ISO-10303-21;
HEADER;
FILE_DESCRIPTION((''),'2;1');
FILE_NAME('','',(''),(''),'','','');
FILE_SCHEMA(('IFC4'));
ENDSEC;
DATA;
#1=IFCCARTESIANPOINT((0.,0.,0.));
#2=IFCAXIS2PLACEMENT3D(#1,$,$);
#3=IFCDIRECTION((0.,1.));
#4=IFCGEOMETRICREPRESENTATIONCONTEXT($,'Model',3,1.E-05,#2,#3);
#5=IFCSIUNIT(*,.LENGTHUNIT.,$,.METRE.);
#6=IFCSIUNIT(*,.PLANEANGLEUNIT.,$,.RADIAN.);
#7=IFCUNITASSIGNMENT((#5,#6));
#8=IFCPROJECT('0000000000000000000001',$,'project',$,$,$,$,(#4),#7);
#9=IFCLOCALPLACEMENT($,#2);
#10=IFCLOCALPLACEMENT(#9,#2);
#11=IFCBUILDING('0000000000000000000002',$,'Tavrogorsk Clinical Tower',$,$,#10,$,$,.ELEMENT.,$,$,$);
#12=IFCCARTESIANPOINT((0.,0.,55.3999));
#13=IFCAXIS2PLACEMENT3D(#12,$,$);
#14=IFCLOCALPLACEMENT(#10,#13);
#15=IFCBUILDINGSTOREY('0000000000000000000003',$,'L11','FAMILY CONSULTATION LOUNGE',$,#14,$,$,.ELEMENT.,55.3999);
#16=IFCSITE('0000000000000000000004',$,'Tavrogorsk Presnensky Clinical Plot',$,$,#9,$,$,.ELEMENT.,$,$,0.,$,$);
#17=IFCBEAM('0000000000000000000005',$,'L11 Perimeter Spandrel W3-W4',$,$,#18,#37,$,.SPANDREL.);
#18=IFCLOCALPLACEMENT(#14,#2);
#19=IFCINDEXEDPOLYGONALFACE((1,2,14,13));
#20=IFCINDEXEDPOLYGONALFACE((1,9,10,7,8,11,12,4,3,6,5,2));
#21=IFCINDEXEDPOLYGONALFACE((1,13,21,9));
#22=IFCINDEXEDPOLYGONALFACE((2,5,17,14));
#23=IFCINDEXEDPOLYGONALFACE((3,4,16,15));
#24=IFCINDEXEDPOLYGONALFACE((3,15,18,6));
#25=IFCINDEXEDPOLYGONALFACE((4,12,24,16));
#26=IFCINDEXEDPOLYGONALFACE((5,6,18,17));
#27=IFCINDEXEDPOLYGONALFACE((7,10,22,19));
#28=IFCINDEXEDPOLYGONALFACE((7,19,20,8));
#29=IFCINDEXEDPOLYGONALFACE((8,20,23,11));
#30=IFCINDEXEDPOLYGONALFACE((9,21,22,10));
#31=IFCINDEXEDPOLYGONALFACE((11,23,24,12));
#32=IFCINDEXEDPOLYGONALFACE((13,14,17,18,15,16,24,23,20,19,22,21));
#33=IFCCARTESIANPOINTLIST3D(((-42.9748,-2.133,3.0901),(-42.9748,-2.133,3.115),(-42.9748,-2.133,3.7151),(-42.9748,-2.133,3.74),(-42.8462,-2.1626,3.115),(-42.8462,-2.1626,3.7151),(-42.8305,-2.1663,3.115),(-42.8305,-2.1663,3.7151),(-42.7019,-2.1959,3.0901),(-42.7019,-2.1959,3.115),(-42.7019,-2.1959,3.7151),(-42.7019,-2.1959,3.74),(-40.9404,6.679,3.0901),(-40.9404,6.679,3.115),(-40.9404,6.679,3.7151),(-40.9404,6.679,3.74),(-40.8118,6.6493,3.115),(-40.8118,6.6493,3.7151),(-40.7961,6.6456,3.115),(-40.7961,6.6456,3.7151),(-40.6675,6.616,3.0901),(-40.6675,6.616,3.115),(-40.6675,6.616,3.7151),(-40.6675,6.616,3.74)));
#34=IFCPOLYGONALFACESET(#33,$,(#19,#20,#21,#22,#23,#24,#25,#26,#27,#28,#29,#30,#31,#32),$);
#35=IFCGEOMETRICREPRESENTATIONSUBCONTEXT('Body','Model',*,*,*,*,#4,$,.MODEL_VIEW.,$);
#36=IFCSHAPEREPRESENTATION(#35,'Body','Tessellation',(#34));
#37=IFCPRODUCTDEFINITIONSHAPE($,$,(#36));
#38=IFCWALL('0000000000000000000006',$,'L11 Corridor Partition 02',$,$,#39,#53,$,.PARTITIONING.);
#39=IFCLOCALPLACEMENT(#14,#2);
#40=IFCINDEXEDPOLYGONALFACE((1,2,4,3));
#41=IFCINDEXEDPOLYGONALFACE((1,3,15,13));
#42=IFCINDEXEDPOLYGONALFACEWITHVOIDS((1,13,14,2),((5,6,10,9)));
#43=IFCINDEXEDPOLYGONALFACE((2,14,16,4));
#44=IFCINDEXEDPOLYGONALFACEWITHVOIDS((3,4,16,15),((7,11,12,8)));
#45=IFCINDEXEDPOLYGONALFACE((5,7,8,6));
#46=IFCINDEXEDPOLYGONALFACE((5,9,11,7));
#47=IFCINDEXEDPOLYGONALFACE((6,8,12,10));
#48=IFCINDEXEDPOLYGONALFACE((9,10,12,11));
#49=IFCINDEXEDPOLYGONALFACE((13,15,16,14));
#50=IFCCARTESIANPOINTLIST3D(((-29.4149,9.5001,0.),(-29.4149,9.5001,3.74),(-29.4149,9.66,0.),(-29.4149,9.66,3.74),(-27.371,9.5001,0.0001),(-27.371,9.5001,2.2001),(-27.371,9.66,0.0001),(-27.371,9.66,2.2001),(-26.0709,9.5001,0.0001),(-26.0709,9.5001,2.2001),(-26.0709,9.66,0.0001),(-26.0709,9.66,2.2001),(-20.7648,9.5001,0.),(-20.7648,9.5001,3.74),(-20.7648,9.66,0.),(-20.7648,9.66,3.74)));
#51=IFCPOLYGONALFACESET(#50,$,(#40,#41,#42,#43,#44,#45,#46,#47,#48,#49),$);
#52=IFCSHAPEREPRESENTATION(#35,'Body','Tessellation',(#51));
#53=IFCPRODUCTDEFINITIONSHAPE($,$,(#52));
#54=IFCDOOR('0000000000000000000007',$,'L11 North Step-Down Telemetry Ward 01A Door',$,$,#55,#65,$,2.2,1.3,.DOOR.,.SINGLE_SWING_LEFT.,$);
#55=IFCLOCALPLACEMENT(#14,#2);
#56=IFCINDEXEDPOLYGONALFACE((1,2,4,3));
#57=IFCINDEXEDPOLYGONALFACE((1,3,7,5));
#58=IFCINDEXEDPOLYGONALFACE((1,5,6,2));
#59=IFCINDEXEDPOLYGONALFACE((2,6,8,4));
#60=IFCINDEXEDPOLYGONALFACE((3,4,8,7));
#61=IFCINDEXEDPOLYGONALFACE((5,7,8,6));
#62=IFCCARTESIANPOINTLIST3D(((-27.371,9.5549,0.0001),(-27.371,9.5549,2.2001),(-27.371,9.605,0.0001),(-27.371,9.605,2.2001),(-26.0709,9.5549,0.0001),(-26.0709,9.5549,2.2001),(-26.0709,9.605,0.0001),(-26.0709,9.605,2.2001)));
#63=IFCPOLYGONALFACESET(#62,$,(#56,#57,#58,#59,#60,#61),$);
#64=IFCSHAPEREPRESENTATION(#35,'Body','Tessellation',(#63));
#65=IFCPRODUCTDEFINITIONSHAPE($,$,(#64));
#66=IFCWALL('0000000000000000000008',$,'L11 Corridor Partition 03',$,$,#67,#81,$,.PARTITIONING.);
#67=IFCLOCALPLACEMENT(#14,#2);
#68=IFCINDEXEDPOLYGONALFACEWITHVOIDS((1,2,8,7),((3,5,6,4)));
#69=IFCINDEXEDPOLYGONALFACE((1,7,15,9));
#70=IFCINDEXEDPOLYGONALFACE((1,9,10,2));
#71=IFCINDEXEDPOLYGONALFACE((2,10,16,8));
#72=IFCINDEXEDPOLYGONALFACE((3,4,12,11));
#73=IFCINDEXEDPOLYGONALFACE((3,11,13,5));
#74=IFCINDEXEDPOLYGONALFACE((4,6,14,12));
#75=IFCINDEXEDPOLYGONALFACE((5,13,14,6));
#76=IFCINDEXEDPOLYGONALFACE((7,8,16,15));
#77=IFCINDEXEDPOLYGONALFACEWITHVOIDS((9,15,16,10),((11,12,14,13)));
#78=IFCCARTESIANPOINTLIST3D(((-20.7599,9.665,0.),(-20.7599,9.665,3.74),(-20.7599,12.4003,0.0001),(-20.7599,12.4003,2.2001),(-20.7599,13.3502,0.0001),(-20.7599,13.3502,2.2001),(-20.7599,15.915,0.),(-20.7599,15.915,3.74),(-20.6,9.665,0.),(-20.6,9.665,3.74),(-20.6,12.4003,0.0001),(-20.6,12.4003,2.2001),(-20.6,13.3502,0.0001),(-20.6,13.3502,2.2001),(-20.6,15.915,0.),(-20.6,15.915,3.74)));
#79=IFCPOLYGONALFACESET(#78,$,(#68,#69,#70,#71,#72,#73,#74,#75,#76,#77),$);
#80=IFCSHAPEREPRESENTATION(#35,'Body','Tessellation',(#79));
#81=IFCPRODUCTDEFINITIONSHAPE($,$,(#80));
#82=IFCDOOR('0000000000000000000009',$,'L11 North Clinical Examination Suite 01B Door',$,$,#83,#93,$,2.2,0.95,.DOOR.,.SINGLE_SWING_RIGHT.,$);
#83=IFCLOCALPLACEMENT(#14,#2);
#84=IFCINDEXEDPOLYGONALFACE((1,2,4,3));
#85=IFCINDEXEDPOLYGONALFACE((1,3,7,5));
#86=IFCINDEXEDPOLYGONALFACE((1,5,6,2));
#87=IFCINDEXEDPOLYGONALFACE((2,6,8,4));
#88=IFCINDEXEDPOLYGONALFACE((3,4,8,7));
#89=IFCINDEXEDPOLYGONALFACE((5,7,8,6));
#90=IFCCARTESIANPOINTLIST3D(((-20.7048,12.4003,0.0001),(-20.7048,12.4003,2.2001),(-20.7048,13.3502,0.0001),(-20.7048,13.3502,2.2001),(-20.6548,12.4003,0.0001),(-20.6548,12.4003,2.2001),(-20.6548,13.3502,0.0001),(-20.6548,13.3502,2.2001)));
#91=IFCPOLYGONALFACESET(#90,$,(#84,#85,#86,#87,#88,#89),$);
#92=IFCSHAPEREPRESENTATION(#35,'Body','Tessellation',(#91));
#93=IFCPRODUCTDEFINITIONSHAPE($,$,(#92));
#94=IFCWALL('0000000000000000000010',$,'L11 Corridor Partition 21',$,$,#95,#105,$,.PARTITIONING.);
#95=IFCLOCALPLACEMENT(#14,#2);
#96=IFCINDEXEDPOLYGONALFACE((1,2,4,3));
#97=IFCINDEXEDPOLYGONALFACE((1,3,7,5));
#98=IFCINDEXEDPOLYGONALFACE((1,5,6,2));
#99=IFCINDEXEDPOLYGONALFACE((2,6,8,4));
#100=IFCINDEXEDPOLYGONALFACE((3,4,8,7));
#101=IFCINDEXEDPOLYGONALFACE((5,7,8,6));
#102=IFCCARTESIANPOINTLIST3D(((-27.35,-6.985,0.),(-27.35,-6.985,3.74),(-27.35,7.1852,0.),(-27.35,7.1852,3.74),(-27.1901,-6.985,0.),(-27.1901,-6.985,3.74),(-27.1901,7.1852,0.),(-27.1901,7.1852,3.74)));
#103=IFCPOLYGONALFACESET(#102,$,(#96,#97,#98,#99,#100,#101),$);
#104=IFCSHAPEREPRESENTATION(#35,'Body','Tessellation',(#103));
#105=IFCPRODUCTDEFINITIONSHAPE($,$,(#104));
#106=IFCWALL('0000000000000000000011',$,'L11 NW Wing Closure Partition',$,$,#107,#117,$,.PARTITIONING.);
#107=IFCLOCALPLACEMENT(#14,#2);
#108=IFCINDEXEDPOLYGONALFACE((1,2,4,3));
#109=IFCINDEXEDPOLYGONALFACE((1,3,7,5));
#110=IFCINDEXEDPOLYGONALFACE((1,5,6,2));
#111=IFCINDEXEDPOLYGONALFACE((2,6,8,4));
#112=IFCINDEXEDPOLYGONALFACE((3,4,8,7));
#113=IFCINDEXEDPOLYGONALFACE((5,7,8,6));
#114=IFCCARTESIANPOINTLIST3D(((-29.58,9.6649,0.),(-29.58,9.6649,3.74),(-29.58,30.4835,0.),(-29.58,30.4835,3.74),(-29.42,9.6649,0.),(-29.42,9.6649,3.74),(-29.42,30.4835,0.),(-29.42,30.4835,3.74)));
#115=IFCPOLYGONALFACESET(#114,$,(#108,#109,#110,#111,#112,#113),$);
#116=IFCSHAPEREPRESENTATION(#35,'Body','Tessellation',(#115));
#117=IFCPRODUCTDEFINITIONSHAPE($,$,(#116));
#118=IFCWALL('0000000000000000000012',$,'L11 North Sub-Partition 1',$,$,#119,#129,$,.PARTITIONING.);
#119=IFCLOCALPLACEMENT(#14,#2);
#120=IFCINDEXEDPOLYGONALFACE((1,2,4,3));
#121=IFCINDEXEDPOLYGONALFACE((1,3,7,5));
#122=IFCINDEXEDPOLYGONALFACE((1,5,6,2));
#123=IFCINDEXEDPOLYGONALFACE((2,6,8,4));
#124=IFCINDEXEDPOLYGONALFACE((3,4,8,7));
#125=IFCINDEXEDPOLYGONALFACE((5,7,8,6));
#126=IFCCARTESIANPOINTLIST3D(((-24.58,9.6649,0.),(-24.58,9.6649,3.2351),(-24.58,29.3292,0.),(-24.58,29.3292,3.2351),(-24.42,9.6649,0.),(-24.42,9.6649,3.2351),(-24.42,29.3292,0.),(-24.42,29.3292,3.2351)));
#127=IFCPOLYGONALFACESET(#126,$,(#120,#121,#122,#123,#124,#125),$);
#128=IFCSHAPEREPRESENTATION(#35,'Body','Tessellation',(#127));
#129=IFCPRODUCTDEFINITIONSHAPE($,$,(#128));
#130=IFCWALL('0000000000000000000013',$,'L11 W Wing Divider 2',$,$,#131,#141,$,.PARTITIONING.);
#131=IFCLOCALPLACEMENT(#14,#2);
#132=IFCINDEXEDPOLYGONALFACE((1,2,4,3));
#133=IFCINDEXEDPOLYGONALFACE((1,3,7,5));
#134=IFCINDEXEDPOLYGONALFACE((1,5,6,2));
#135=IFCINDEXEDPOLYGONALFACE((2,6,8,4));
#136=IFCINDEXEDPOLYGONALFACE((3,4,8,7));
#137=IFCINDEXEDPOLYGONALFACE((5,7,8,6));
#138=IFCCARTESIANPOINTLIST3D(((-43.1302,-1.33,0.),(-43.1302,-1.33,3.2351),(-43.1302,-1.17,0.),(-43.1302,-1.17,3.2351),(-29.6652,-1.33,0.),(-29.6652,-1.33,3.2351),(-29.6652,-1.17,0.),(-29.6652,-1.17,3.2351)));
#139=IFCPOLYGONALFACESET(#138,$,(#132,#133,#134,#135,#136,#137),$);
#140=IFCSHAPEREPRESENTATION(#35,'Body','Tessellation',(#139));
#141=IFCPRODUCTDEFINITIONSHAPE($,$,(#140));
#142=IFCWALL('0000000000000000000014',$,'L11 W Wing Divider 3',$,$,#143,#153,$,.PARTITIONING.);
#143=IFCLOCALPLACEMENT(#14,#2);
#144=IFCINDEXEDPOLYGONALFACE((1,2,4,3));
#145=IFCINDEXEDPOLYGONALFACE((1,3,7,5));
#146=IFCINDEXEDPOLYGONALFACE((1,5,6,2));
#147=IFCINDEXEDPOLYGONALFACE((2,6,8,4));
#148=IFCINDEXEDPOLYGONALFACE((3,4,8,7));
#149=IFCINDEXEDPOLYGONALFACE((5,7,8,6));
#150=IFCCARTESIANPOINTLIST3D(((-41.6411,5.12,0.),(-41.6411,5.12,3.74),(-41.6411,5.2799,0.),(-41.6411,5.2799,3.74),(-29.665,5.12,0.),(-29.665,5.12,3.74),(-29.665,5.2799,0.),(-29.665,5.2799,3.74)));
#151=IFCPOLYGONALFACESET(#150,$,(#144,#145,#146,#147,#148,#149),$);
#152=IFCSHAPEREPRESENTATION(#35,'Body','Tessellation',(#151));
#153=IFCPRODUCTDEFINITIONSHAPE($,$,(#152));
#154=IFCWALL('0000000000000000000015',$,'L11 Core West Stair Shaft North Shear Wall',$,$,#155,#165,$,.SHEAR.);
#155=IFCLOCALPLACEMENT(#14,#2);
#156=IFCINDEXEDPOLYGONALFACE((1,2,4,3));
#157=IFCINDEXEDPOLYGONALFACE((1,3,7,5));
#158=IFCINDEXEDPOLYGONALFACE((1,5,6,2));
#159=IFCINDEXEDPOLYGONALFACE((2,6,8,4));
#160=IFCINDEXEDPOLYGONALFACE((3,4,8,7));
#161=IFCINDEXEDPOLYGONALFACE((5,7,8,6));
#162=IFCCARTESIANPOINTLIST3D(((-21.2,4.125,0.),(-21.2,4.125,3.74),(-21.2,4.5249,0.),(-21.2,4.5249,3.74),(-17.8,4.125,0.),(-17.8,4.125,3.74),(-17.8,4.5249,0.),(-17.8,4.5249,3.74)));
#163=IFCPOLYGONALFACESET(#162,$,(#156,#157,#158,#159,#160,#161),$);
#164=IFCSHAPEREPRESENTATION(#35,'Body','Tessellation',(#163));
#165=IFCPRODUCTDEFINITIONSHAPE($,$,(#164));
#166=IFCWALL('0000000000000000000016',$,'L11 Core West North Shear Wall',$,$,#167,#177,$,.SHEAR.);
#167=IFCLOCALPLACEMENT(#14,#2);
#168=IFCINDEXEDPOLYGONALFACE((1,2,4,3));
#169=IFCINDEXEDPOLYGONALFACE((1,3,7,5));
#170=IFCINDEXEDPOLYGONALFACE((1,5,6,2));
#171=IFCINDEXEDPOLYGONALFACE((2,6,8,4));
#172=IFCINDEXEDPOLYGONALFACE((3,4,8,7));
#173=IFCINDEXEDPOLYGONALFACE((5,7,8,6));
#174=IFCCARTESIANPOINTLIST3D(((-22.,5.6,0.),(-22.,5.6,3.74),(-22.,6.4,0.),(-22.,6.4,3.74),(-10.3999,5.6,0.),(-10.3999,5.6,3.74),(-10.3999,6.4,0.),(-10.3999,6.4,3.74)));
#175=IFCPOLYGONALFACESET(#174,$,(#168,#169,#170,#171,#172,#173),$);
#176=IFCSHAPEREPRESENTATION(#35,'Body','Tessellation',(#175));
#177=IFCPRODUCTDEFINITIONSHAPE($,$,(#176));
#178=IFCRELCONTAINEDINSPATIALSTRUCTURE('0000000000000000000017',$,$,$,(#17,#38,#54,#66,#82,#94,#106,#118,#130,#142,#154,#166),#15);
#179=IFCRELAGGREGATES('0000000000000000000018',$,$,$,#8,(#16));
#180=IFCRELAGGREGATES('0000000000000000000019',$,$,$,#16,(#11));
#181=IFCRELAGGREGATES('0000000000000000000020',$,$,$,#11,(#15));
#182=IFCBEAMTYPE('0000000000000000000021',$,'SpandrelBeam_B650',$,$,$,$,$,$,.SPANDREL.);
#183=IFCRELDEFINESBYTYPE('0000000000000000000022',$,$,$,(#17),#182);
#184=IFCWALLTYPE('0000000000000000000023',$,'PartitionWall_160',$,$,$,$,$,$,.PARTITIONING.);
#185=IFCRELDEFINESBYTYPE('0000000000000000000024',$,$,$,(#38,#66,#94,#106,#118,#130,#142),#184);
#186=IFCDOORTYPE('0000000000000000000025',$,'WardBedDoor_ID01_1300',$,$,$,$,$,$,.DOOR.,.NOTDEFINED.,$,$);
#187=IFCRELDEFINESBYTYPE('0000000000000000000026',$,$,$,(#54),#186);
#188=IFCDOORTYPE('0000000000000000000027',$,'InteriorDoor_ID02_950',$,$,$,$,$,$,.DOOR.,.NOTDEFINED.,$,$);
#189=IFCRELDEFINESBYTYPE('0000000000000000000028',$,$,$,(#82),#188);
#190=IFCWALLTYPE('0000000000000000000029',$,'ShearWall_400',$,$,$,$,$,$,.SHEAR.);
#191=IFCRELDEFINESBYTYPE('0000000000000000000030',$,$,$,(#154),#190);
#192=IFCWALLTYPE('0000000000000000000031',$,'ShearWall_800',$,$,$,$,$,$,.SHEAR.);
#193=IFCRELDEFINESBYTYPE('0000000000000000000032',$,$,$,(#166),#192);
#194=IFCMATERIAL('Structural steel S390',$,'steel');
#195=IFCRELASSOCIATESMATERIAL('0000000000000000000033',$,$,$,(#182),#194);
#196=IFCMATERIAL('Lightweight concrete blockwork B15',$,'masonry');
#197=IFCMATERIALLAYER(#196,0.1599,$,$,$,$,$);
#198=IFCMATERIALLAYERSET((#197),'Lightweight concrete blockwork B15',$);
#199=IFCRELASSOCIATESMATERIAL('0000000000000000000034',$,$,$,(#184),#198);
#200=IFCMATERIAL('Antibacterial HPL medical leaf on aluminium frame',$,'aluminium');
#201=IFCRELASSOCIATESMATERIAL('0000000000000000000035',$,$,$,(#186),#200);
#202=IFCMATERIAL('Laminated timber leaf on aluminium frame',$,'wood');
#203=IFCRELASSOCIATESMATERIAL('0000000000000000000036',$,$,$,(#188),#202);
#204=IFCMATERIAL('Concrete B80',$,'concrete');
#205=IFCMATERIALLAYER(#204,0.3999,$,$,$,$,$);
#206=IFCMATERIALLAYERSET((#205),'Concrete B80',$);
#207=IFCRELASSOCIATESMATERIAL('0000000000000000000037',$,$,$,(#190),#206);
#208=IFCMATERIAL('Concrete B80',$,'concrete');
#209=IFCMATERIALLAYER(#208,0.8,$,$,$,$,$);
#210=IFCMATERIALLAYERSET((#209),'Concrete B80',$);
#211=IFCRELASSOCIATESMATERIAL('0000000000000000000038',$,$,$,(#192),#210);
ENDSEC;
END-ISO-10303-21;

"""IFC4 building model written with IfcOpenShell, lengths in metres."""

from ifc_helpers import new_model, si_unit, direction, frame, frame_2d, origin, origin_2d, place, context, subcontext, project, spatial, rectangle, i_section, extrude, material, layer, layer_set, material_profile, profile_set, type_object, element, fill, save


model = new_model("IFC4")

# Units and contexts
model_context = context("Model", 3, precision=1e-05, world=origin(), true_north=direction((0.0, 1.0)))
body_context = subcontext(model_context, "Body", "Model", "MODEL_VIEW")
ifc_project = project(units=[si_unit("LENGTHUNIT", "METRE"), si_unit("PLANEANGLEUNIT", "RADIAN")], contexts=[model_context])

# Site, building, storey
site_placement = place(None, origin())
site = spatial("IfcSite", under=ifc_project, at=site_placement, Name="Tavrogorsk Presnensky Clinical Plot", CompositionType="ELEMENT", RefElevation=0.0)
building_placement = place(site_placement, origin())
building = spatial("IfcBuilding", under=site, at=building_placement, Name="Tavrogorsk Clinical Tower", CompositionType="ELEMENT")
storey_placement = place(building_placement, frame((0.0, 0.0, 55.3999)))
storey = spatial("IfcBuildingStorey", under=building, at=storey_placement, Name="L11", Description="FAMILY CONSULTATION LOUNGE", CompositionType="ELEMENT", Elevation=55.3999)

# Beam
ifc_material_1 = material(Name="Structural steel S390", Category="steel")
ifc_material_profile_1 = material_profile(ifc_material_1, i_section(OverallWidth=0.28, OverallDepth=0.6499, WebThickness=0.0161, FlangeThickness=0.0249, at=origin_2d()), Name="B-650x280x16x25")
ifc_profile_set_1 = profile_set([ifc_material_profile_1], Name="Structural steel S390")
beam_type_1 = type_object("IfcBeamType", Name="SpandrelBeam_B650", PredefinedType="SPANDREL", material=ifc_profile_set_1)
beam_1_placement = place(storey_placement, frame((-40.804, 6.6475, 3.415), z_axis=(-0.224952, -0.97437, 0.0), x_axis=(0.97437, -0.224952, 0.0)))
element("IfcBeam", 1, at=beam_1_placement, inside=storey, type_object=beam_type_1, Name="L11 Perimeter Spandrel W3-W4", PredefinedType="SPANDREL", context=body_context, shape_type="SweptSolid", body=[
    extrude(i_section(OverallWidth=0.28, OverallDepth=0.6499, WebThickness=0.0161, FlangeThickness=0.0249, at=origin_2d()), origin(), (0.0, 0.0, 1.0), 9.0437),
])

# Walls, openings, doors
ifc_material_2 = material(Name="Lightweight concrete blockwork B15", Category="masonry")
ifc_layer_1 = layer(ifc_material_2, 0.1599)
ifc_layer_set_1 = layer_set([ifc_layer_1], Name="Lightweight concrete blockwork B15")
wall_type_1 = type_object("IfcWallType", Name="PartitionWall_160", PredefinedType="PARTITIONING", material=ifc_layer_set_1)
wall_1_placement = place(storey_placement, frame((-29.415, 9.5801, 0.0), z_axis=(0.0, 0.0, 1.0), x_axis=(1.0, 0.0, 0.0)))
wall_1 = element("IfcWall", 2, at=wall_1_placement, inside=storey, type_object=wall_type_1, Name="L11 Corridor Partition 02", PredefinedType="PARTITIONING", context=body_context, shape_type="SweptSolid", body=[
    extrude(rectangle(XDim=8.6501, YDim=0.1599, at=frame_2d((4.3252, 0.0))), origin(), (0.0, 0.0, 1.0), 3.74),
])
opening_1_placement = place(wall_1_placement, frame((2.0442, 0.0, 0.0)))
opening_1 = element("IfcOpeningElement", 3, at=opening_1_placement, cuts=wall_1, PredefinedType="OPENING", context=body_context, shape_type="SweptSolid", body=[
    extrude(rectangle(XDim=1.3, YDim=2.2, at=frame_2d((0.6499, 1.1001))), frame((0.0, 0.0898, 0.0), z_axis=(0.0, -1.0, 0.0), x_axis=(1.0, 0.0, 0.0)), (0.0, 0.0, 1.0), 0.1799),
])
ifc_material_3 = material(Name="Antibacterial HPL medical leaf on aluminium frame", Category="aluminium")
door_type_1 = type_object("IfcDoorType", Name="WardBedDoor_ID01_1300", OperationType="NOTDEFINED", PredefinedType="DOOR", material=ifc_material_3)
door_1_placement = place(opening_1_placement, origin())
door_1 = element("IfcDoor", 4, at=door_1_placement, inside=storey, type_object=door_type_1, Name="L11 North Step-Down Telemetry Ward 01A Door", OperationType="SINGLE_SWING_LEFT", OverallHeight=2.2, OverallWidth=1.3, PredefinedType="DOOR", context=body_context, shape_type="SweptSolid", body=[
    extrude(rectangle(XDim=1.3, YDim=2.2, at=frame_2d((0.6499, 1.1001))), frame((0.0, 0.0249, 0.0), z_axis=(0.0, -1.0, 0.0), x_axis=(1.0, 0.0, 0.0)), (0.0, 0.0, 1.0), 0.05),
])
fill(opening_1, door_1)
wall_2_placement = place(storey_placement, frame((-20.6799, 9.665, 0.0), z_axis=(0.0, 0.0, 1.0), x_axis=(0.0, 1.0, 0.0)))
wall_2 = element("IfcWall", 5, at=wall_2_placement, inside=storey, type_object=wall_type_1, Name="L11 Corridor Partition 03", PredefinedType="PARTITIONING", context=body_context, shape_type="SweptSolid", body=[
    extrude(rectangle(XDim=6.25, YDim=0.1599, at=frame_2d((3.125, 0.0))), origin(), (0.0, 0.0, 1.0), 3.74),
])
opening_2_placement = place(wall_2_placement, frame((2.7351, 0.0, 0.0)))
opening_2 = element("IfcOpeningElement", 6, at=opening_2_placement, cuts=wall_2, PredefinedType="OPENING", context=body_context, shape_type="SweptSolid", body=[
    extrude(rectangle(XDim=0.95, YDim=2.2, at=frame_2d((0.4751, 1.1001))), frame((0.0, 0.0898, 0.0), z_axis=(0.0, -1.0, 0.0), x_axis=(1.0, 0.0, 0.0)), (0.0, 0.0, 1.0), 0.1799),
])
ifc_material_4 = material(Name="Laminated timber leaf on aluminium frame", Category="wood")
door_type_2 = type_object("IfcDoorType", Name="InteriorDoor_ID02_950", OperationType="NOTDEFINED", PredefinedType="DOOR", material=ifc_material_4)
door_2_placement = place(opening_2_placement, origin())
door_2 = element("IfcDoor", 7, at=door_2_placement, inside=storey, type_object=door_type_2, Name="L11 North Clinical Examination Suite 01B Door", OperationType="SINGLE_SWING_RIGHT", OverallHeight=2.2, OverallWidth=0.95, PredefinedType="DOOR", context=body_context, shape_type="SweptSolid", body=[
    extrude(rectangle(XDim=0.95, YDim=2.2, at=frame_2d((0.4751, 1.1001))), frame((0.0, 0.0249, 0.0), z_axis=(0.0, -1.0, 0.0), x_axis=(1.0, 0.0, 0.0)), (0.0, 0.0, 1.0), 0.05),
])
fill(opening_2, door_2)

# Walls
wall_3_placement = place(storey_placement, frame((-27.27, 7.1851, 0.0), z_axis=(0.0, 0.0, 1.0), x_axis=(0.0, -1.0, 0.0)))
element("IfcWall", 8, at=wall_3_placement, inside=storey, type_object=wall_type_1, Name="L11 Corridor Partition 21", PredefinedType="PARTITIONING", context=body_context, shape_type="SweptSolid", body=[
    extrude(rectangle(XDim=14.1702, YDim=0.1599, at=frame_2d((7.085, 0.0))), origin(), (0.0, 0.0, 1.0), 3.74),
])
wall_4_placement = place(storey_placement, frame((-29.5, 9.665, 0.0), z_axis=(0.0, 0.0, 1.0), x_axis=(0.0, 1.0, 0.0)))
element("IfcWall", 9, at=wall_4_placement, inside=storey, type_object=wall_type_1, Name="L11 NW Wing Closure Partition", PredefinedType="PARTITIONING", context=body_context, shape_type="SweptSolid", body=[
    extrude(rectangle(XDim=20.8186, YDim=0.1599, at=frame_2d((10.4092, 0.0))), origin(), (0.0, 0.0, 1.0), 3.74),
])
wall_5_placement = place(storey_placement, frame((-24.5, 9.665, 0.0), z_axis=(0.0, 0.0, 1.0), x_axis=(0.0, 1.0, 0.0)))
element("IfcWall", 10, at=wall_5_placement, inside=storey, type_object=wall_type_1, Name="L11 North Sub-Partition 1", PredefinedType="PARTITIONING", context=body_context, shape_type="SweptSolid", body=[
    extrude(rectangle(XDim=19.6643, YDim=0.1599, at=frame_2d((9.832, 0.0))), origin(), (0.0, 0.0, 1.0), 3.2351),
])
wall_6_placement = place(storey_placement, frame((-43.1301, -1.25, 0.0), z_axis=(0.0, 0.0, 1.0), x_axis=(1.0, 0.0, 0.0)))
element("IfcWall", 11, at=wall_6_placement, inside=storey, type_object=wall_type_1, Name="L11 W Wing Divider 2", PredefinedType="PARTITIONING", context=body_context, shape_type="SweptSolid", body=[
    extrude(rectangle(XDim=13.4651, YDim=0.1599, at=frame_2d((6.7324, 0.0))), origin(), (0.0, 0.0, 1.0), 3.2351),
])
wall_7_placement = place(storey_placement, frame((-41.6411, 5.2, 0.0), z_axis=(0.0, 0.0, 1.0), x_axis=(1.0, 0.0, 0.0)))
element("IfcWall", 12, at=wall_7_placement, inside=storey, type_object=wall_type_1, Name="L11 W Wing Divider 3", PredefinedType="PARTITIONING", context=body_context, shape_type="SweptSolid", body=[
    extrude(rectangle(XDim=11.9761, YDim=0.1599, at=frame_2d((5.988, 0.0))), origin(), (0.0, 0.0, 1.0), 3.74),
])
ifc_material_5 = material(Name="Concrete B80", Category="concrete")
ifc_layer_2 = layer(ifc_material_5, 0.3999)
ifc_layer_set_2 = layer_set([ifc_layer_2], Name="Concrete B80")
wall_type_2 = type_object("IfcWallType", Name="ShearWall_400", PredefinedType="SHEAR", material=ifc_layer_set_2)
wall_8_placement = place(storey_placement, frame((-21.2, 4.325, 0.0), z_axis=(0.0, 0.0, 1.0), x_axis=(1.0, 0.0, 0.0)))
element("IfcWall", 13, at=wall_8_placement, inside=storey, type_object=wall_type_2, Name="L11 Core West Stair Shaft North Shear Wall", PredefinedType="SHEAR", context=body_context, shape_type="SweptSolid", body=[
    extrude(rectangle(XDim=3.3999, YDim=0.3999, at=frame_2d((1.7, 0.0))), origin(), (0.0, 0.0, 1.0), 3.74),
])
ifc_material_6 = material(Name="Concrete B80", Category="concrete")
ifc_layer_3 = layer(ifc_material_6, 0.8)
ifc_layer_set_3 = layer_set([ifc_layer_3], Name="Concrete B80")
wall_type_3 = type_object("IfcWallType", Name="ShearWall_800", PredefinedType="SHEAR", material=ifc_layer_set_3)
wall_9_placement = place(storey_placement, frame((-22.0, 6.0, 0.0), z_axis=(0.0, 0.0, 1.0), x_axis=(1.0, 0.0, 0.0)))
element("IfcWall", 14, at=wall_9_placement, inside=storey, type_object=wall_type_3, Name="L11 Core West North Shear Wall", PredefinedType="SHEAR", context=body_context, shape_type="SweptSolid", body=[
    extrude(rectangle(XDim=11.6001, YDim=0.8, at=frame_2d((5.8, 0.0))), origin(), (0.0, 0.0, 1.0), 3.74),
])

save(model, "model.ifc")
